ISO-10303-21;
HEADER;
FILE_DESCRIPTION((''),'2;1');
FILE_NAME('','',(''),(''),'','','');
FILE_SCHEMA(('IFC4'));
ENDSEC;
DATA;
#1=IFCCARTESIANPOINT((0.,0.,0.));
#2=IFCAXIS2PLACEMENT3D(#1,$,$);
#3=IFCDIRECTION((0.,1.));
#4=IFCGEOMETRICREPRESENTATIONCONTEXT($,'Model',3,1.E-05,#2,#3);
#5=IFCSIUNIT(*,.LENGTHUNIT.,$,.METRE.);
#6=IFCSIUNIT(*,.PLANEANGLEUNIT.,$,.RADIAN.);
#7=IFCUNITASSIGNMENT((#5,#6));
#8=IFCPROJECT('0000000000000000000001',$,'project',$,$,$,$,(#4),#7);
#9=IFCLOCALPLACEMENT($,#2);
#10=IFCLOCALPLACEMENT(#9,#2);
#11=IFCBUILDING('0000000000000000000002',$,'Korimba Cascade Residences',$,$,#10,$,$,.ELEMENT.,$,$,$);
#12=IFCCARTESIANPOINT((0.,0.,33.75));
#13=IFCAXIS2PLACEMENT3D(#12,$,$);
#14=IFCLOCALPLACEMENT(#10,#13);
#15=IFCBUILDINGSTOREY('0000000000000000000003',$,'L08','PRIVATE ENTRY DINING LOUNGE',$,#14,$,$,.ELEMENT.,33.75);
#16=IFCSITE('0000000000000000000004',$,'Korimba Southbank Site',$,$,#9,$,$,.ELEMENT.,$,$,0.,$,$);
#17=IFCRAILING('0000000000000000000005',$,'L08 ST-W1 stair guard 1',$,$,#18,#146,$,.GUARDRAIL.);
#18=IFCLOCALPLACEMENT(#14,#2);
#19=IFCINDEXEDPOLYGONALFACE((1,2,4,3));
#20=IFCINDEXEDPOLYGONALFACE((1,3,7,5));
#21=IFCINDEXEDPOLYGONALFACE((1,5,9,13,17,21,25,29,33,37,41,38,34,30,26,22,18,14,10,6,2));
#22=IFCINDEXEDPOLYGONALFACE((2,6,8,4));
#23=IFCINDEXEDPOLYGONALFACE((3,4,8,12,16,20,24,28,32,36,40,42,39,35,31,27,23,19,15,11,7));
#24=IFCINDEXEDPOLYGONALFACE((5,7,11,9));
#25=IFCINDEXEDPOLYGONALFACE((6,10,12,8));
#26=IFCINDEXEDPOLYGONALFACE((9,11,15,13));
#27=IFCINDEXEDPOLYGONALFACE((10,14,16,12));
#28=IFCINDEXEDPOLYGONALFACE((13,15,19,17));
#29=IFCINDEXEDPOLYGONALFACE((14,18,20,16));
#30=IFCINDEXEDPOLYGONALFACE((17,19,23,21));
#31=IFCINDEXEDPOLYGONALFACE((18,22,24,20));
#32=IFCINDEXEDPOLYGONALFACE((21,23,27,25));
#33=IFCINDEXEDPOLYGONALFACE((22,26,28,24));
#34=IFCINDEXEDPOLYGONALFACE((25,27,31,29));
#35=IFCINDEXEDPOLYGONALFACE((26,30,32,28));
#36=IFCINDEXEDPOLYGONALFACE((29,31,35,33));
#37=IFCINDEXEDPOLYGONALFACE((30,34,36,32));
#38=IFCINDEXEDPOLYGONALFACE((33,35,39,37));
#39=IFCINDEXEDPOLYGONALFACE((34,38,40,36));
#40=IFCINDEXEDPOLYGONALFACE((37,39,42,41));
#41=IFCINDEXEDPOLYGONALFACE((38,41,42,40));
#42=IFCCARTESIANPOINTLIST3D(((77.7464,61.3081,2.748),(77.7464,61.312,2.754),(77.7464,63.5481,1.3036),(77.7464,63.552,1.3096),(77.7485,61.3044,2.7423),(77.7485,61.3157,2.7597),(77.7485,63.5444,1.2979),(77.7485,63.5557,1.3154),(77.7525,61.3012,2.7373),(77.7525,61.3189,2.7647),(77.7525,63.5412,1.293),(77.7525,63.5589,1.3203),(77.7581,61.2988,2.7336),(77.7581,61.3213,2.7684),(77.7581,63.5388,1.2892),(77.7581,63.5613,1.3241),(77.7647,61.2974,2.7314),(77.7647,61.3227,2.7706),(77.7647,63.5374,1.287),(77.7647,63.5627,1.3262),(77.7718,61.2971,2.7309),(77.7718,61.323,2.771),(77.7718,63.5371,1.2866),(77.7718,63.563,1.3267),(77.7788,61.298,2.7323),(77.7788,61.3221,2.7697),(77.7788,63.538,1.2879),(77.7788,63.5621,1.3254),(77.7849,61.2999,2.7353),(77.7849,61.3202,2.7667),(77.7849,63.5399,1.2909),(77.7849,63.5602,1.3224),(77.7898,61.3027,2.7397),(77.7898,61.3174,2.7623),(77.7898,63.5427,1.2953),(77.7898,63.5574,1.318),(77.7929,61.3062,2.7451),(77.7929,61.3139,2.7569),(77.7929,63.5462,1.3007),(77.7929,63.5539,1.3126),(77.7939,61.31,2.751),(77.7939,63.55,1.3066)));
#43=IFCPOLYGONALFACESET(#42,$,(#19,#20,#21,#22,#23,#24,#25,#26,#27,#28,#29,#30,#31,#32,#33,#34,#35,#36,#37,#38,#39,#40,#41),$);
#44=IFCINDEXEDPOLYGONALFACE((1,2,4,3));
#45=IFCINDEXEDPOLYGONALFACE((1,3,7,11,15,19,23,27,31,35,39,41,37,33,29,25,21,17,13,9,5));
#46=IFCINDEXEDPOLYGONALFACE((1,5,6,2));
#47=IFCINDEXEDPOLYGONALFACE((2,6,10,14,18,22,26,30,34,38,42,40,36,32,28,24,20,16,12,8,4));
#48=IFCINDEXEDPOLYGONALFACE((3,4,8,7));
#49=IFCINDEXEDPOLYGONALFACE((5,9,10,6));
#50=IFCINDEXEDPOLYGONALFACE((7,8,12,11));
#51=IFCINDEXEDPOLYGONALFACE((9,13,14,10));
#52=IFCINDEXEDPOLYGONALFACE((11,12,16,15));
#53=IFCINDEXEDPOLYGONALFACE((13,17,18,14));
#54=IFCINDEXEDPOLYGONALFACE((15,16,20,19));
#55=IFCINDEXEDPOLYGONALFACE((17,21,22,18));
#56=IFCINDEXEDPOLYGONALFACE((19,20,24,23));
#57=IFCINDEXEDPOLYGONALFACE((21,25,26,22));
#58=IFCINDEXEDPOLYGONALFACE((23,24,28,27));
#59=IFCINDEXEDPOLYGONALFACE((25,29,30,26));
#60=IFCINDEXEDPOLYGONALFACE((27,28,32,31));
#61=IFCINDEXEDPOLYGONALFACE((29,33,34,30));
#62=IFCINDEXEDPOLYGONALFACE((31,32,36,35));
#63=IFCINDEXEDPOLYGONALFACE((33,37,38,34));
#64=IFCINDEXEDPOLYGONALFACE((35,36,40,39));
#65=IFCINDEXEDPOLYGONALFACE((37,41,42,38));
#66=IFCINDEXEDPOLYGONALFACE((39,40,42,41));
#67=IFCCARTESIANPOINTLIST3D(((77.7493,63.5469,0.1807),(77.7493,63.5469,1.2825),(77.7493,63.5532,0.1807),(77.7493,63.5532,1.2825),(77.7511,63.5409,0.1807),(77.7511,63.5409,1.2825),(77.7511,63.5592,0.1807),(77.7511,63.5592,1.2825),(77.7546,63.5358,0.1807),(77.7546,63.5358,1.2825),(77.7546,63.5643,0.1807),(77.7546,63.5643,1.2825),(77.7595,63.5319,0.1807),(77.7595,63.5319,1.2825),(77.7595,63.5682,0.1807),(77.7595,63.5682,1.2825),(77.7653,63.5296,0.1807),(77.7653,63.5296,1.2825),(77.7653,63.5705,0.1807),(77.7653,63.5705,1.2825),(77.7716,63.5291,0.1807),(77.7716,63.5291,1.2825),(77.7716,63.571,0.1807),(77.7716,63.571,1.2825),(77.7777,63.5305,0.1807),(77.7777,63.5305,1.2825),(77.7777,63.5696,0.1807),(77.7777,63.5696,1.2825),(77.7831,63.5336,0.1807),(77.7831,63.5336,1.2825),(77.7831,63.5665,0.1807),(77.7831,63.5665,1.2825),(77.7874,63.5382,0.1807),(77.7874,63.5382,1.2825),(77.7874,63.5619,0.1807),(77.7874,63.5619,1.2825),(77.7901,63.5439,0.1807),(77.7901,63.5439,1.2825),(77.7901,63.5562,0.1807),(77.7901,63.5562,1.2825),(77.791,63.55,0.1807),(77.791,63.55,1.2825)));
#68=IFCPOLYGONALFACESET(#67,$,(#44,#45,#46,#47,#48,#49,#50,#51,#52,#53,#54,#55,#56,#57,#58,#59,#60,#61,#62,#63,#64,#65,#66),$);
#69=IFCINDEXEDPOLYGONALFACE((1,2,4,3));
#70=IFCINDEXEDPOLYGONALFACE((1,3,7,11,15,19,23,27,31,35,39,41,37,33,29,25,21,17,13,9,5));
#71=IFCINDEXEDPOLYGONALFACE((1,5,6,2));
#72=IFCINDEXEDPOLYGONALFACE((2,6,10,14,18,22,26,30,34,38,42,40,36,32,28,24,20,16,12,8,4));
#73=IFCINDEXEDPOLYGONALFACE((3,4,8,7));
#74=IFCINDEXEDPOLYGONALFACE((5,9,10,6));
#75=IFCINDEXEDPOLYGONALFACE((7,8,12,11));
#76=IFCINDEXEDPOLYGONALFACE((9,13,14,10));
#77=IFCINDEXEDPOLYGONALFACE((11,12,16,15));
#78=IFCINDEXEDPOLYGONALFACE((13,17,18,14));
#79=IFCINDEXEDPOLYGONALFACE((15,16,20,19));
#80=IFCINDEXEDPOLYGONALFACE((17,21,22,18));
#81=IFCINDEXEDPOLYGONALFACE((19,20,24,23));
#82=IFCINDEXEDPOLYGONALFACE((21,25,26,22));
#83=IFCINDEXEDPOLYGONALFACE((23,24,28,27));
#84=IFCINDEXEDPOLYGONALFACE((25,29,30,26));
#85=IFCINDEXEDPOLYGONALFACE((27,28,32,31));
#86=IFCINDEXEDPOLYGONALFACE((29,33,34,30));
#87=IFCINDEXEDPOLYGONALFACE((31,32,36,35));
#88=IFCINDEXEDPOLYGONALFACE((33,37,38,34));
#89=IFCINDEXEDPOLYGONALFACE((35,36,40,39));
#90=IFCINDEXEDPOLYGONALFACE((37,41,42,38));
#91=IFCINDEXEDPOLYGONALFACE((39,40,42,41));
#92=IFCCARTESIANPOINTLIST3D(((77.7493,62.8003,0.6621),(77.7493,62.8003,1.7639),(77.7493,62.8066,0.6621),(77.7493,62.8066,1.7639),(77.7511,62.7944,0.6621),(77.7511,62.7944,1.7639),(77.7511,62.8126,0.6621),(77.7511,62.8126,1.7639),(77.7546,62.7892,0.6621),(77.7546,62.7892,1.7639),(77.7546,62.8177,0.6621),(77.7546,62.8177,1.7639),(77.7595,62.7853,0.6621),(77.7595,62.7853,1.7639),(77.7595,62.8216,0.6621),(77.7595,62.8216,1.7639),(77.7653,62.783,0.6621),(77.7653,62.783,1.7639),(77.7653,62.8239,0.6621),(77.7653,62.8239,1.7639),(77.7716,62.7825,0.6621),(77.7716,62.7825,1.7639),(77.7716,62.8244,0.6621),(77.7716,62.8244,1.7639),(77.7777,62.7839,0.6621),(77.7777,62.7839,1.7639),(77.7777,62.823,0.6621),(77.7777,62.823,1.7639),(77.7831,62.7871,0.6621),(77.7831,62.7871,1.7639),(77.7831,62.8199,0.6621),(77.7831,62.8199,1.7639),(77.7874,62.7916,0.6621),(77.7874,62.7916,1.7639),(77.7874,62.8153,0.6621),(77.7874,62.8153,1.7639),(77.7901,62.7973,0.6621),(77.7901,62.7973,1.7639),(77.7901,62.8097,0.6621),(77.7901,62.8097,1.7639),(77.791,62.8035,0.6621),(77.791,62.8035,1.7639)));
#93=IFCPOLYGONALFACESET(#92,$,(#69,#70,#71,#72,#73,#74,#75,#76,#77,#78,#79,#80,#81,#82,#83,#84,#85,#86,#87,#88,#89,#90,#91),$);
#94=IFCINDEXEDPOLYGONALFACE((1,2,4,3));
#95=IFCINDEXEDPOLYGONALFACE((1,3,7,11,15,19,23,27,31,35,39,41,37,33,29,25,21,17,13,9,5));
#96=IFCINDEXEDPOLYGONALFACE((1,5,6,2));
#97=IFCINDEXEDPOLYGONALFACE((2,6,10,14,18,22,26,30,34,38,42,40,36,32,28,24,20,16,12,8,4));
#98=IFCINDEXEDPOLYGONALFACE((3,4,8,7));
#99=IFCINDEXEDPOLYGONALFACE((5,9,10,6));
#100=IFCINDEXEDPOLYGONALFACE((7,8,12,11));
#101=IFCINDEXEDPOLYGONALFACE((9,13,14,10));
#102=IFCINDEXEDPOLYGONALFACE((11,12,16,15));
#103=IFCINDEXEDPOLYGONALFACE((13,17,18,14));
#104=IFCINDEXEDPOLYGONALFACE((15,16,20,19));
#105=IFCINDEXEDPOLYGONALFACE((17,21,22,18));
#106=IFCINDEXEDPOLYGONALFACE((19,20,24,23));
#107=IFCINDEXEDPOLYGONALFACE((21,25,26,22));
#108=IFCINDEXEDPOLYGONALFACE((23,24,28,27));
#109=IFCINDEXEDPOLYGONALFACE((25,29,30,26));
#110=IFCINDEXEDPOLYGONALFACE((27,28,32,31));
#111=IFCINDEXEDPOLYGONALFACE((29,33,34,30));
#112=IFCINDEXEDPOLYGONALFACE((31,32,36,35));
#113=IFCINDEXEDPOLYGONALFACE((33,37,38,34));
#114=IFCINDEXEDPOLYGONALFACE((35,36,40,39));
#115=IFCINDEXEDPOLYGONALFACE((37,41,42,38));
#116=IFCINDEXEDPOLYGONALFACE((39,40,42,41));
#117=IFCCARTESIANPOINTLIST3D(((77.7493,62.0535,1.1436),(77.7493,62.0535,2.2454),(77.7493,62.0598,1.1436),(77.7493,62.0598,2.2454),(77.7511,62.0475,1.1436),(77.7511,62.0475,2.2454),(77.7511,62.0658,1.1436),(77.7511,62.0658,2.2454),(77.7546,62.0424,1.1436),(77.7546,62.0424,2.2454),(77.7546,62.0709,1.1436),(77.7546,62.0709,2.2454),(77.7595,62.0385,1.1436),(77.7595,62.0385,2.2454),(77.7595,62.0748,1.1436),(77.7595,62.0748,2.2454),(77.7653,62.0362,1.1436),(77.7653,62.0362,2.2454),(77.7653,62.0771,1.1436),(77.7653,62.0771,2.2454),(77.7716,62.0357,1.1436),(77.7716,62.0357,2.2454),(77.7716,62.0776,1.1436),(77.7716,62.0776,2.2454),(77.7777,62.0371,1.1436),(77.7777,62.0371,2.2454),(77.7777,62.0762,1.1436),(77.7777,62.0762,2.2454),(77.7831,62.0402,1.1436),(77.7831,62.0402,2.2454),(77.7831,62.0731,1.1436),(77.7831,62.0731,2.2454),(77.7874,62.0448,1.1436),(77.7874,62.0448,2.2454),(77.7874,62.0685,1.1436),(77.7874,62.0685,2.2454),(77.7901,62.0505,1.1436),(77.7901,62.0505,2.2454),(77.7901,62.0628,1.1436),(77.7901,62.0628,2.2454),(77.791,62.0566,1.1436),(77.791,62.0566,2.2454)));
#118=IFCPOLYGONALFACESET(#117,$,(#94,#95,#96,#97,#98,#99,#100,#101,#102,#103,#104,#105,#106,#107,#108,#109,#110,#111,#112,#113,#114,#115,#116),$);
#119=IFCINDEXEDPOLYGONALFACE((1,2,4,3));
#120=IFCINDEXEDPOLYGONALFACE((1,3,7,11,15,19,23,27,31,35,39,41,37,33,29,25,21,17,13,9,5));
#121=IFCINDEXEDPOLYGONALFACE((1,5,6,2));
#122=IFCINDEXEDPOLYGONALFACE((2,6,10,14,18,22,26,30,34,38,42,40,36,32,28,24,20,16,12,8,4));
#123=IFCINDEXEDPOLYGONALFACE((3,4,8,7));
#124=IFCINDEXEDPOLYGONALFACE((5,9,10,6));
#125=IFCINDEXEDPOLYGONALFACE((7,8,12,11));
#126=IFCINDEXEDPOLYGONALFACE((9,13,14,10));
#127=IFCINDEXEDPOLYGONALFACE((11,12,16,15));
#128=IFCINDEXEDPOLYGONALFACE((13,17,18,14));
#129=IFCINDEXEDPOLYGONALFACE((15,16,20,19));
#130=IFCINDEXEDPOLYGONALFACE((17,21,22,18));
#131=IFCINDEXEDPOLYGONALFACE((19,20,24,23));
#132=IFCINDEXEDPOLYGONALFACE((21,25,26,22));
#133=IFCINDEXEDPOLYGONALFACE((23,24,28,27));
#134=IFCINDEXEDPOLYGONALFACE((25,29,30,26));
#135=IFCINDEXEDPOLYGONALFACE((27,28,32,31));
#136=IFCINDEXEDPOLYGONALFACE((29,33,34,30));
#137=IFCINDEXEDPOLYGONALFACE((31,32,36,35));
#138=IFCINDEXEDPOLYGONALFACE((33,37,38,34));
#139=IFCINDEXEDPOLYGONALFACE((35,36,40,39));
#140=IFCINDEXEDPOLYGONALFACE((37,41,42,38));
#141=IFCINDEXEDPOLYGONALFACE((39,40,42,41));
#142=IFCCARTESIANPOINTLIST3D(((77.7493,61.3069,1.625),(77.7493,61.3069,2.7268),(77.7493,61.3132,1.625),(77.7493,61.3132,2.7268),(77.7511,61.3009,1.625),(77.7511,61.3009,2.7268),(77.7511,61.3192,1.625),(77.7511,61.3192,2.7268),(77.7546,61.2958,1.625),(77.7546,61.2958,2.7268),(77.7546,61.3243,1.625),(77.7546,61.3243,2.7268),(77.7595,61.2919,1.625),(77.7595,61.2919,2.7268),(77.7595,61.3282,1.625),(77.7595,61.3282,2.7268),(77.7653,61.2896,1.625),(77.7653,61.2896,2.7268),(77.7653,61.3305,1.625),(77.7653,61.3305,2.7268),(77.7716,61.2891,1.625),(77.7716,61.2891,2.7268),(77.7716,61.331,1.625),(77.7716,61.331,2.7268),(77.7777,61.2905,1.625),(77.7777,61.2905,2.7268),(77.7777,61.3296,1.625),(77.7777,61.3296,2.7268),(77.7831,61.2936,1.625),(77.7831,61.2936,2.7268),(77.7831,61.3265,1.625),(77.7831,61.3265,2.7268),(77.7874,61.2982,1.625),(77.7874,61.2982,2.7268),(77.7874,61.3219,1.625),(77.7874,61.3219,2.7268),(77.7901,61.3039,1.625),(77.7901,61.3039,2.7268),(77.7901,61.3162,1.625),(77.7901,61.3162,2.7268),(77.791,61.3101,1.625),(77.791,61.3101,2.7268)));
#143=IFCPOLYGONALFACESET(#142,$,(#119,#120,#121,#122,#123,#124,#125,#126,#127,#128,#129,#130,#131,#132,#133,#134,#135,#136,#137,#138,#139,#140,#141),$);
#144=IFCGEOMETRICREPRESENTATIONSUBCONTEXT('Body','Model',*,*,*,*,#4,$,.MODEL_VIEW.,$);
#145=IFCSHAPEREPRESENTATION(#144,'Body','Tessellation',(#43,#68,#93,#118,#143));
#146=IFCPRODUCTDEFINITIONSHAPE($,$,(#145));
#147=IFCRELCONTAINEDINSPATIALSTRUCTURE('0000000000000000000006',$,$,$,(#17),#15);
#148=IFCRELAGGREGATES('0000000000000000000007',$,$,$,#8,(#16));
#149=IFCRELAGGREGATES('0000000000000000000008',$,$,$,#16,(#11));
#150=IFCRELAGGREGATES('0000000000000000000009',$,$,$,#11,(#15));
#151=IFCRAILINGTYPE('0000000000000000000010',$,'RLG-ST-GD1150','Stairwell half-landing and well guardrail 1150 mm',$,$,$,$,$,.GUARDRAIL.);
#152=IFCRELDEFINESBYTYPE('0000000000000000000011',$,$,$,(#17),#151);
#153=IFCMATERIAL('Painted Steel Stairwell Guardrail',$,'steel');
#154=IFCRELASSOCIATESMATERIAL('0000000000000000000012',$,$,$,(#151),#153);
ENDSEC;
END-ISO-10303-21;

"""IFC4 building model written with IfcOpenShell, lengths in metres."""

from ifc_helpers import new_model, si_unit, direction, frame, origin, origin_2d, place, context, subcontext, project, spatial, circle, extrude, material, type_object, element, save


model = new_model("IFC4")

# Units and contexts
model_context = context("Model", 3, precision=1e-05, world=origin(), true_north=direction((0.0, 1.0)))
body_context = subcontext(model_context, "Body", "Model", "MODEL_VIEW")
ifc_project = project(units=[si_unit("LENGTHUNIT", "METRE"), si_unit("PLANEANGLEUNIT", "RADIAN")], contexts=[model_context])

# Site, building, storey
site_placement = place(None, origin())
site = spatial("IfcSite", under=ifc_project, at=site_placement, Name="Korimba Southbank Site", CompositionType="ELEMENT", RefElevation=0.0)
building_placement = place(site_placement, origin())
building = spatial("IfcBuilding", under=site, at=building_placement, Name="Korimba Cascade Residences", CompositionType="ELEMENT")
storey_placement = place(building_placement, frame((0.0, 0.0, 33.75)))
storey = spatial("IfcBuildingStorey", under=building, at=storey_placement, Name="L08", Description="PRIVATE ENTRY DINING LOUNGE", CompositionType="ELEMENT", Elevation=33.75)

# Railing
ifc_material_1 = material(Name="Painted Steel Stairwell Guardrail", Category="steel")
railing_type_1 = type_object("IfcRailingType", Name="RLG-ST-GD1150", Description="Stairwell half-landing and well guardrail 1150 mm", PredefinedType="GUARDRAIL", material=ifc_material_1)
railing_1_placement = place(storey_placement, frame((77.77, 63.55, 0.1807)))
element("IfcRailing", 1, at=railing_1_placement, inside=storey, type_object=railing_type_1, Name="L08 ST-W1 stair guard 1", PredefinedType="GUARDRAIL", context=body_context, shape_type="SweptSolid", body=[
    extrude(circle(Radius=0.0239, at=origin_2d()), frame((0.0, 0.0, 1.126), z_axis=(0.0, -0.840437, 0.54191), x_axis=(1.0, 0.0, 0.0)), (0.0, 0.0, 1.0), 2.6653),
    extrude(circle(Radius=0.021, at=origin_2d()), origin(), (0.0, 0.0, 1.0), 1.1018),
    extrude(circle(Radius=0.021, at=origin_2d()), frame((0.0, -0.7466, 0.4814)), (0.0, 0.0, 1.0), 1.1018),
    extrude(circle(Radius=0.021, at=origin_2d()), frame((0.0, -1.4934, 0.9629)), (0.0, 0.0, 1.0), 1.1018),
    extrude(circle(Radius=0.021, at=origin_2d()), frame((0.0, -2.24, 1.4443)), (0.0, 0.0, 1.0), 1.1018),
])

save(model, "model.ifc")
